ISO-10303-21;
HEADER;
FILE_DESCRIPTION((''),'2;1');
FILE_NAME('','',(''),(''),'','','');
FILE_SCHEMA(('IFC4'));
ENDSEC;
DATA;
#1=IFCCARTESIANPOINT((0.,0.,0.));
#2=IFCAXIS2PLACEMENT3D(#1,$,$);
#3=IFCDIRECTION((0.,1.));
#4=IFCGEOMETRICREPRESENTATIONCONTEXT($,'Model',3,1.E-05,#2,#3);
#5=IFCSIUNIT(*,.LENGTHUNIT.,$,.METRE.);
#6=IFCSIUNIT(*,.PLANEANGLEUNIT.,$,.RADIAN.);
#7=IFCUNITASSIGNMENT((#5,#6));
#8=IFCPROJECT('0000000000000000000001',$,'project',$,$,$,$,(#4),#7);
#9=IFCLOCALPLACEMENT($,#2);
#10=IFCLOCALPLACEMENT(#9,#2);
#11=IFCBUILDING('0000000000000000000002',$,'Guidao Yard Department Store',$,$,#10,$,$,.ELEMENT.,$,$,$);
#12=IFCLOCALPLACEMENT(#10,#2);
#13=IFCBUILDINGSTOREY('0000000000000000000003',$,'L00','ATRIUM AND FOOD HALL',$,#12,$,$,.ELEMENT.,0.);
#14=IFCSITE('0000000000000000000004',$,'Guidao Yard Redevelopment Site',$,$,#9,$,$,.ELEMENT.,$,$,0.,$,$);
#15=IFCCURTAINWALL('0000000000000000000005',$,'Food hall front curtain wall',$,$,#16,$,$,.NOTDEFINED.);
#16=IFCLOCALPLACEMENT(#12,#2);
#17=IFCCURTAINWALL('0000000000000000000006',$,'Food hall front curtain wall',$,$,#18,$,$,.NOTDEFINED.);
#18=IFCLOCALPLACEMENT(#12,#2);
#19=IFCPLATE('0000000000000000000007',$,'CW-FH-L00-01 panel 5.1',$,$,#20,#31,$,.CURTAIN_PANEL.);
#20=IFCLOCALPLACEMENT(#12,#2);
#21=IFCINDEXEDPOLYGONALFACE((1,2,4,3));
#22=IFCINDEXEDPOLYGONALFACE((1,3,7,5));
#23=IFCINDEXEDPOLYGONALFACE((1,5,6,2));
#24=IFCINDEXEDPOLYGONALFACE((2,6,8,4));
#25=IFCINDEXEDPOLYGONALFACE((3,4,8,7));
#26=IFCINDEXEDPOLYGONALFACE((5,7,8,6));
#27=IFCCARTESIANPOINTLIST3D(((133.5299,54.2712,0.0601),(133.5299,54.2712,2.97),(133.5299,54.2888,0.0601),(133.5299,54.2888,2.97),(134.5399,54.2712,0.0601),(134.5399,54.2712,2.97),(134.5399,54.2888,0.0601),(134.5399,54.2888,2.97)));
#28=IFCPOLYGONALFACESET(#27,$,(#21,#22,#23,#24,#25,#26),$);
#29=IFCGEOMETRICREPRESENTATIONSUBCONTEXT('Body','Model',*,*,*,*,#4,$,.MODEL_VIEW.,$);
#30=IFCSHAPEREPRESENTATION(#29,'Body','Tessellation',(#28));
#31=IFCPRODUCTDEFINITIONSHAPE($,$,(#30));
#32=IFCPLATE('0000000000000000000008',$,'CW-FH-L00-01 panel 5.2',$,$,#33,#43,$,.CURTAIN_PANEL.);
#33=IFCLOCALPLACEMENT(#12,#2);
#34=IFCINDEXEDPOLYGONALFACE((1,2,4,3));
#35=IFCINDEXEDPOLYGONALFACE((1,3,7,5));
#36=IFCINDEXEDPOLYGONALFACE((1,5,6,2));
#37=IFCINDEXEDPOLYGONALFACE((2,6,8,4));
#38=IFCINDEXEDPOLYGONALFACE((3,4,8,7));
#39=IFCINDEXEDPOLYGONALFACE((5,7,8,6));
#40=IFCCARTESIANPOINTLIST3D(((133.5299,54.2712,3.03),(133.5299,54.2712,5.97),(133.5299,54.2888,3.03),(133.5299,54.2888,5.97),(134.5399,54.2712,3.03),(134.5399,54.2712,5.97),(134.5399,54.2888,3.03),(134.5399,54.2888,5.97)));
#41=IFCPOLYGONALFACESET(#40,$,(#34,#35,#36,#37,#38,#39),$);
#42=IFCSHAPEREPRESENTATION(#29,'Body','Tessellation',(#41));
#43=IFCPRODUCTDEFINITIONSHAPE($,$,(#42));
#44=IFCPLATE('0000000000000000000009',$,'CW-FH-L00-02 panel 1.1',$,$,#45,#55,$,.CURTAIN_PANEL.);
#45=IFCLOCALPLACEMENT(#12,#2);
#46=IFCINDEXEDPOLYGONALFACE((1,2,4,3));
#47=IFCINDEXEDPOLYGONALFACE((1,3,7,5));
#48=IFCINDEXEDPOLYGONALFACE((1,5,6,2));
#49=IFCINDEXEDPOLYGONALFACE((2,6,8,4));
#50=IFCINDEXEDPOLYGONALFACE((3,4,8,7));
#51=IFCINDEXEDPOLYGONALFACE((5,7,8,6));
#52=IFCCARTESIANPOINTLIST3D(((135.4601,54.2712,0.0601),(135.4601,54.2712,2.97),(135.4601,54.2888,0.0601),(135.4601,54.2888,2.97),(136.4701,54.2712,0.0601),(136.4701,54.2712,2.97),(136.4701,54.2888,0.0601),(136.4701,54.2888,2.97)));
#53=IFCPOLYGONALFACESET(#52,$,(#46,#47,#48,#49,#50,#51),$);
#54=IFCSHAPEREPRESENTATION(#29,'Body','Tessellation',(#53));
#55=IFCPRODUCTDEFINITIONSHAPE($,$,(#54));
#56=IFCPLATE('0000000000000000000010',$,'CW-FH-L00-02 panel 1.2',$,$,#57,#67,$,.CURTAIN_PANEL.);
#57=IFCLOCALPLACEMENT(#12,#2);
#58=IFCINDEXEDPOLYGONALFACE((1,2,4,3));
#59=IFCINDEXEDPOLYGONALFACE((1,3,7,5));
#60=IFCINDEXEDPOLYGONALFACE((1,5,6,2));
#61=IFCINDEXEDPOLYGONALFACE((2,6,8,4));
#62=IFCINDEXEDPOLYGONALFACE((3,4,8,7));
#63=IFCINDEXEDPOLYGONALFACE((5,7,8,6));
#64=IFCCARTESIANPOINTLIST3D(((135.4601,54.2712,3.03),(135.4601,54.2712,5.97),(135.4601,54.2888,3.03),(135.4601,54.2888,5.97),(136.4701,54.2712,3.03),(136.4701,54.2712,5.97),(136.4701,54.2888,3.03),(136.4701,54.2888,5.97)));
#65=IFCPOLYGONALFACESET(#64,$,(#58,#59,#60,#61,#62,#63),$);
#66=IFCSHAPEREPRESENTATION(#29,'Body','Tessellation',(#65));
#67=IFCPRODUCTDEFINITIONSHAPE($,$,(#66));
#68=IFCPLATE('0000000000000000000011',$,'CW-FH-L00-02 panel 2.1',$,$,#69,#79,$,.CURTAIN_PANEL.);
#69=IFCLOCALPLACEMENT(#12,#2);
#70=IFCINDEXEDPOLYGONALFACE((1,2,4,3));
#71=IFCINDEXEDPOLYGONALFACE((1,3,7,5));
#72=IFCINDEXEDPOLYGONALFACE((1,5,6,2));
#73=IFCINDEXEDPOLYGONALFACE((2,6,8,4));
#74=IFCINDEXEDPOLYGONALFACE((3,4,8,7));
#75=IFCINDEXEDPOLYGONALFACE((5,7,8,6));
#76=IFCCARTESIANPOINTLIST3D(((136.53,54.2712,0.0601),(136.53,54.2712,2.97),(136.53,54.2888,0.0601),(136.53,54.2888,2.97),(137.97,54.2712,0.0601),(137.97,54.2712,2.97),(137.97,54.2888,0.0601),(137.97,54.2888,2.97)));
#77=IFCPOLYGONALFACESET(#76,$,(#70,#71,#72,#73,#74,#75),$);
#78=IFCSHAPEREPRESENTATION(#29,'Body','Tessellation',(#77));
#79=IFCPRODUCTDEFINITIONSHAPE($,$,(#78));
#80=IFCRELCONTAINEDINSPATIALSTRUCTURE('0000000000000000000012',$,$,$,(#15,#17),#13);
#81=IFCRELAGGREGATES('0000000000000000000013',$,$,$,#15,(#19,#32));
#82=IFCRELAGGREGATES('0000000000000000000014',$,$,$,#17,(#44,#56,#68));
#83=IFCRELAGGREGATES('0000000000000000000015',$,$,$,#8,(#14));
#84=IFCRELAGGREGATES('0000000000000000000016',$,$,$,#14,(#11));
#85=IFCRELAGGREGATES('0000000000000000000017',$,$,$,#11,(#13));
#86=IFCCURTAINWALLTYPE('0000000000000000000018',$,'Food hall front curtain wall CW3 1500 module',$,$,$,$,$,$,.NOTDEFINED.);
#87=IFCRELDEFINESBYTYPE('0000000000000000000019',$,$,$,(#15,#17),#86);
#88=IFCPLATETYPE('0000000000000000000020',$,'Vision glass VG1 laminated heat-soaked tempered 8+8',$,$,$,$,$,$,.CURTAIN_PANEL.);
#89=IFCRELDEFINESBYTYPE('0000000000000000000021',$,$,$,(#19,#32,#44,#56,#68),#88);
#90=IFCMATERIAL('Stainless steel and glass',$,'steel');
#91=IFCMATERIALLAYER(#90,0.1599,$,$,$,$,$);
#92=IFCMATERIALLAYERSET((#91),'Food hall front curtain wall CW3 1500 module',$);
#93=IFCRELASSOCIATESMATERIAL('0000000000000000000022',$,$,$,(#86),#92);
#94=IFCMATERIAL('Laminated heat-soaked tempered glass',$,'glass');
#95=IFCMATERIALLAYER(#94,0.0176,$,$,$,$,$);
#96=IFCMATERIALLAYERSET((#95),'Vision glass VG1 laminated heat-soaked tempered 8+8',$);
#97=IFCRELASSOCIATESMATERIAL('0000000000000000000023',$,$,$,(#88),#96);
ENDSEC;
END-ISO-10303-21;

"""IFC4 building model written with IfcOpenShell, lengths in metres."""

from ifc_helpers import new_model, si_unit, direction, frame, origin, origin_2d, place, context, subcontext, project, spatial, rectangle, extrude, material, layer, layer_set, type_object, element, aggregate, save


model = new_model("IFC4")

# Units and contexts
model_context = context("Model", 3, precision=1e-05, world=origin(), true_north=direction((0.0, 1.0)))
body_context = subcontext(model_context, "Body", "Model", "MODEL_VIEW")
ifc_project = project(units=[si_unit("LENGTHUNIT", "METRE"), si_unit("PLANEANGLEUNIT", "RADIAN")], contexts=[model_context])

# Site, building, storey
site_placement = place(None, origin())
site = spatial("IfcSite", under=ifc_project, at=site_placement, Name="Guidao Yard Redevelopment Site", CompositionType="ELEMENT", RefElevation=0.0)
building_placement = place(site_placement, origin())
building = spatial("IfcBuilding", under=site, at=building_placement, Name="Guidao Yard Department Store", CompositionType="ELEMENT")
storey_placement = place(building_placement, origin())
storey = spatial("IfcBuildingStorey", under=building, at=storey_placement, Name="L00", Description="ATRIUM AND FOOD HALL", CompositionType="ELEMENT", Elevation=0.0)

# Curtain walls
ifc_material_1 = material(Name="Stainless steel and glass", Category="steel")
ifc_layer_1 = layer(ifc_material_1, 0.1599)
ifc_layer_set_1 = layer_set([ifc_layer_1], Name="Food hall front curtain wall CW3 1500 module")
curtain_wall_type = type_object("IfcCurtainWallType", Name="Food hall front curtain wall CW3 1500 module", PredefinedType="NOTDEFINED", material=ifc_layer_set_1)
curtain_wall_1_placement = place(storey_placement, origin())
curtain_wall_1 = element("IfcCurtainWall", 1, at=curtain_wall_1_placement, inside=storey, type_object=curtain_wall_type, Name="Food hall front curtain wall", PredefinedType="NOTDEFINED")
curtain_wall_2_placement = place(storey_placement, origin())
curtain_wall_2 = element("IfcCurtainWall", 2, at=curtain_wall_2_placement, inside=storey, type_object=curtain_wall_type, Name="Food hall front curtain wall", PredefinedType="NOTDEFINED")

# Plates
ifc_material_2 = material(Name="Laminated heat-soaked tempered glass", Category="glass")
ifc_layer_2 = layer(ifc_material_2, 0.0176)
ifc_layer_set_2 = layer_set([ifc_layer_2], Name="Vision glass VG1 laminated heat-soaked tempered 8+8")
plate_type = type_object("IfcPlateType", Name="Vision glass VG1 laminated heat-soaked tempered 8+8", PredefinedType="CURTAIN_PANEL", material=ifc_layer_set_2)
plate_1_placement = place(storey_placement, frame((134.0349, 54.28, 0.0601), z_axis=(0.0, 0.0, 1.0), x_axis=(-1.0, 0.0, 0.0)))
plate_1 = element("IfcPlate", 3, at=plate_1_placement, type_object=plate_type, Name="CW-FH-L00-01 panel 5.1", PredefinedType="CURTAIN_PANEL", context=body_context, shape_type="SweptSolid", body=[
    extrude(rectangle(XDim=1.01, YDim=0.0176, at=origin_2d()), origin(), (0.0, 0.0, 1.0), 2.9099),
])
plate_2_placement = place(storey_placement, frame((134.0349, 54.28, 3.03), z_axis=(0.0, 0.0, 1.0), x_axis=(-1.0, 0.0, 0.0)))
plate_2 = element("IfcPlate", 4, at=plate_2_placement, type_object=plate_type, Name="CW-FH-L00-01 panel 5.2", PredefinedType="CURTAIN_PANEL", context=body_context, shape_type="SweptSolid", body=[
    extrude(rectangle(XDim=1.01, YDim=0.0176, at=origin_2d()), origin(), (0.0, 0.0, 1.0), 2.9399),
])
aggregate(curtain_wall_1, [plate_1, plate_2])
plate_3_placement = place(storey_placement, frame((135.9651, 54.28, 0.0601), z_axis=(0.0, 0.0, 1.0), x_axis=(-1.0, 0.0, 0.0)))
plate_3 = element("IfcPlate", 5, at=plate_3_placement, type_object=plate_type, Name="CW-FH-L00-02 panel 1.1", PredefinedType="CURTAIN_PANEL", context=body_context, shape_type="SweptSolid", body=[
    extrude(rectangle(XDim=1.01, YDim=0.0176, at=origin_2d()), origin(), (0.0, 0.0, 1.0), 2.9099),
])
plate_4_placement = place(storey_placement, frame((135.9651, 54.28, 3.03), z_axis=(0.0, 0.0, 1.0), x_axis=(-1.0, 0.0, 0.0)))
plate_4 = element("IfcPlate", 6, at=plate_4_placement, type_object=plate_type, Name="CW-FH-L00-02 panel 1.2", PredefinedType="CURTAIN_PANEL", context=body_context, shape_type="SweptSolid", body=[
    extrude(rectangle(XDim=1.01, YDim=0.0176, at=origin_2d()), origin(), (0.0, 0.0, 1.0), 2.9399),
])
plate_5_placement = place(storey_placement, frame((137.25, 54.28, 0.0601), z_axis=(0.0, 0.0, 1.0), x_axis=(-1.0, 0.0, 0.0)))
plate_5 = element("IfcPlate", 7, at=plate_5_placement, type_object=plate_type, Name="CW-FH-L00-02 panel 2.1", PredefinedType="CURTAIN_PANEL", context=body_context, shape_type="SweptSolid", body=[
    extrude(rectangle(XDim=1.4399, YDim=0.0176, at=origin_2d()), origin(), (0.0, 0.0, 1.0), 2.9099),
])
aggregate(curtain_wall_2, [plate_3, plate_4, plate_5])

save(model, "model.ifc")
